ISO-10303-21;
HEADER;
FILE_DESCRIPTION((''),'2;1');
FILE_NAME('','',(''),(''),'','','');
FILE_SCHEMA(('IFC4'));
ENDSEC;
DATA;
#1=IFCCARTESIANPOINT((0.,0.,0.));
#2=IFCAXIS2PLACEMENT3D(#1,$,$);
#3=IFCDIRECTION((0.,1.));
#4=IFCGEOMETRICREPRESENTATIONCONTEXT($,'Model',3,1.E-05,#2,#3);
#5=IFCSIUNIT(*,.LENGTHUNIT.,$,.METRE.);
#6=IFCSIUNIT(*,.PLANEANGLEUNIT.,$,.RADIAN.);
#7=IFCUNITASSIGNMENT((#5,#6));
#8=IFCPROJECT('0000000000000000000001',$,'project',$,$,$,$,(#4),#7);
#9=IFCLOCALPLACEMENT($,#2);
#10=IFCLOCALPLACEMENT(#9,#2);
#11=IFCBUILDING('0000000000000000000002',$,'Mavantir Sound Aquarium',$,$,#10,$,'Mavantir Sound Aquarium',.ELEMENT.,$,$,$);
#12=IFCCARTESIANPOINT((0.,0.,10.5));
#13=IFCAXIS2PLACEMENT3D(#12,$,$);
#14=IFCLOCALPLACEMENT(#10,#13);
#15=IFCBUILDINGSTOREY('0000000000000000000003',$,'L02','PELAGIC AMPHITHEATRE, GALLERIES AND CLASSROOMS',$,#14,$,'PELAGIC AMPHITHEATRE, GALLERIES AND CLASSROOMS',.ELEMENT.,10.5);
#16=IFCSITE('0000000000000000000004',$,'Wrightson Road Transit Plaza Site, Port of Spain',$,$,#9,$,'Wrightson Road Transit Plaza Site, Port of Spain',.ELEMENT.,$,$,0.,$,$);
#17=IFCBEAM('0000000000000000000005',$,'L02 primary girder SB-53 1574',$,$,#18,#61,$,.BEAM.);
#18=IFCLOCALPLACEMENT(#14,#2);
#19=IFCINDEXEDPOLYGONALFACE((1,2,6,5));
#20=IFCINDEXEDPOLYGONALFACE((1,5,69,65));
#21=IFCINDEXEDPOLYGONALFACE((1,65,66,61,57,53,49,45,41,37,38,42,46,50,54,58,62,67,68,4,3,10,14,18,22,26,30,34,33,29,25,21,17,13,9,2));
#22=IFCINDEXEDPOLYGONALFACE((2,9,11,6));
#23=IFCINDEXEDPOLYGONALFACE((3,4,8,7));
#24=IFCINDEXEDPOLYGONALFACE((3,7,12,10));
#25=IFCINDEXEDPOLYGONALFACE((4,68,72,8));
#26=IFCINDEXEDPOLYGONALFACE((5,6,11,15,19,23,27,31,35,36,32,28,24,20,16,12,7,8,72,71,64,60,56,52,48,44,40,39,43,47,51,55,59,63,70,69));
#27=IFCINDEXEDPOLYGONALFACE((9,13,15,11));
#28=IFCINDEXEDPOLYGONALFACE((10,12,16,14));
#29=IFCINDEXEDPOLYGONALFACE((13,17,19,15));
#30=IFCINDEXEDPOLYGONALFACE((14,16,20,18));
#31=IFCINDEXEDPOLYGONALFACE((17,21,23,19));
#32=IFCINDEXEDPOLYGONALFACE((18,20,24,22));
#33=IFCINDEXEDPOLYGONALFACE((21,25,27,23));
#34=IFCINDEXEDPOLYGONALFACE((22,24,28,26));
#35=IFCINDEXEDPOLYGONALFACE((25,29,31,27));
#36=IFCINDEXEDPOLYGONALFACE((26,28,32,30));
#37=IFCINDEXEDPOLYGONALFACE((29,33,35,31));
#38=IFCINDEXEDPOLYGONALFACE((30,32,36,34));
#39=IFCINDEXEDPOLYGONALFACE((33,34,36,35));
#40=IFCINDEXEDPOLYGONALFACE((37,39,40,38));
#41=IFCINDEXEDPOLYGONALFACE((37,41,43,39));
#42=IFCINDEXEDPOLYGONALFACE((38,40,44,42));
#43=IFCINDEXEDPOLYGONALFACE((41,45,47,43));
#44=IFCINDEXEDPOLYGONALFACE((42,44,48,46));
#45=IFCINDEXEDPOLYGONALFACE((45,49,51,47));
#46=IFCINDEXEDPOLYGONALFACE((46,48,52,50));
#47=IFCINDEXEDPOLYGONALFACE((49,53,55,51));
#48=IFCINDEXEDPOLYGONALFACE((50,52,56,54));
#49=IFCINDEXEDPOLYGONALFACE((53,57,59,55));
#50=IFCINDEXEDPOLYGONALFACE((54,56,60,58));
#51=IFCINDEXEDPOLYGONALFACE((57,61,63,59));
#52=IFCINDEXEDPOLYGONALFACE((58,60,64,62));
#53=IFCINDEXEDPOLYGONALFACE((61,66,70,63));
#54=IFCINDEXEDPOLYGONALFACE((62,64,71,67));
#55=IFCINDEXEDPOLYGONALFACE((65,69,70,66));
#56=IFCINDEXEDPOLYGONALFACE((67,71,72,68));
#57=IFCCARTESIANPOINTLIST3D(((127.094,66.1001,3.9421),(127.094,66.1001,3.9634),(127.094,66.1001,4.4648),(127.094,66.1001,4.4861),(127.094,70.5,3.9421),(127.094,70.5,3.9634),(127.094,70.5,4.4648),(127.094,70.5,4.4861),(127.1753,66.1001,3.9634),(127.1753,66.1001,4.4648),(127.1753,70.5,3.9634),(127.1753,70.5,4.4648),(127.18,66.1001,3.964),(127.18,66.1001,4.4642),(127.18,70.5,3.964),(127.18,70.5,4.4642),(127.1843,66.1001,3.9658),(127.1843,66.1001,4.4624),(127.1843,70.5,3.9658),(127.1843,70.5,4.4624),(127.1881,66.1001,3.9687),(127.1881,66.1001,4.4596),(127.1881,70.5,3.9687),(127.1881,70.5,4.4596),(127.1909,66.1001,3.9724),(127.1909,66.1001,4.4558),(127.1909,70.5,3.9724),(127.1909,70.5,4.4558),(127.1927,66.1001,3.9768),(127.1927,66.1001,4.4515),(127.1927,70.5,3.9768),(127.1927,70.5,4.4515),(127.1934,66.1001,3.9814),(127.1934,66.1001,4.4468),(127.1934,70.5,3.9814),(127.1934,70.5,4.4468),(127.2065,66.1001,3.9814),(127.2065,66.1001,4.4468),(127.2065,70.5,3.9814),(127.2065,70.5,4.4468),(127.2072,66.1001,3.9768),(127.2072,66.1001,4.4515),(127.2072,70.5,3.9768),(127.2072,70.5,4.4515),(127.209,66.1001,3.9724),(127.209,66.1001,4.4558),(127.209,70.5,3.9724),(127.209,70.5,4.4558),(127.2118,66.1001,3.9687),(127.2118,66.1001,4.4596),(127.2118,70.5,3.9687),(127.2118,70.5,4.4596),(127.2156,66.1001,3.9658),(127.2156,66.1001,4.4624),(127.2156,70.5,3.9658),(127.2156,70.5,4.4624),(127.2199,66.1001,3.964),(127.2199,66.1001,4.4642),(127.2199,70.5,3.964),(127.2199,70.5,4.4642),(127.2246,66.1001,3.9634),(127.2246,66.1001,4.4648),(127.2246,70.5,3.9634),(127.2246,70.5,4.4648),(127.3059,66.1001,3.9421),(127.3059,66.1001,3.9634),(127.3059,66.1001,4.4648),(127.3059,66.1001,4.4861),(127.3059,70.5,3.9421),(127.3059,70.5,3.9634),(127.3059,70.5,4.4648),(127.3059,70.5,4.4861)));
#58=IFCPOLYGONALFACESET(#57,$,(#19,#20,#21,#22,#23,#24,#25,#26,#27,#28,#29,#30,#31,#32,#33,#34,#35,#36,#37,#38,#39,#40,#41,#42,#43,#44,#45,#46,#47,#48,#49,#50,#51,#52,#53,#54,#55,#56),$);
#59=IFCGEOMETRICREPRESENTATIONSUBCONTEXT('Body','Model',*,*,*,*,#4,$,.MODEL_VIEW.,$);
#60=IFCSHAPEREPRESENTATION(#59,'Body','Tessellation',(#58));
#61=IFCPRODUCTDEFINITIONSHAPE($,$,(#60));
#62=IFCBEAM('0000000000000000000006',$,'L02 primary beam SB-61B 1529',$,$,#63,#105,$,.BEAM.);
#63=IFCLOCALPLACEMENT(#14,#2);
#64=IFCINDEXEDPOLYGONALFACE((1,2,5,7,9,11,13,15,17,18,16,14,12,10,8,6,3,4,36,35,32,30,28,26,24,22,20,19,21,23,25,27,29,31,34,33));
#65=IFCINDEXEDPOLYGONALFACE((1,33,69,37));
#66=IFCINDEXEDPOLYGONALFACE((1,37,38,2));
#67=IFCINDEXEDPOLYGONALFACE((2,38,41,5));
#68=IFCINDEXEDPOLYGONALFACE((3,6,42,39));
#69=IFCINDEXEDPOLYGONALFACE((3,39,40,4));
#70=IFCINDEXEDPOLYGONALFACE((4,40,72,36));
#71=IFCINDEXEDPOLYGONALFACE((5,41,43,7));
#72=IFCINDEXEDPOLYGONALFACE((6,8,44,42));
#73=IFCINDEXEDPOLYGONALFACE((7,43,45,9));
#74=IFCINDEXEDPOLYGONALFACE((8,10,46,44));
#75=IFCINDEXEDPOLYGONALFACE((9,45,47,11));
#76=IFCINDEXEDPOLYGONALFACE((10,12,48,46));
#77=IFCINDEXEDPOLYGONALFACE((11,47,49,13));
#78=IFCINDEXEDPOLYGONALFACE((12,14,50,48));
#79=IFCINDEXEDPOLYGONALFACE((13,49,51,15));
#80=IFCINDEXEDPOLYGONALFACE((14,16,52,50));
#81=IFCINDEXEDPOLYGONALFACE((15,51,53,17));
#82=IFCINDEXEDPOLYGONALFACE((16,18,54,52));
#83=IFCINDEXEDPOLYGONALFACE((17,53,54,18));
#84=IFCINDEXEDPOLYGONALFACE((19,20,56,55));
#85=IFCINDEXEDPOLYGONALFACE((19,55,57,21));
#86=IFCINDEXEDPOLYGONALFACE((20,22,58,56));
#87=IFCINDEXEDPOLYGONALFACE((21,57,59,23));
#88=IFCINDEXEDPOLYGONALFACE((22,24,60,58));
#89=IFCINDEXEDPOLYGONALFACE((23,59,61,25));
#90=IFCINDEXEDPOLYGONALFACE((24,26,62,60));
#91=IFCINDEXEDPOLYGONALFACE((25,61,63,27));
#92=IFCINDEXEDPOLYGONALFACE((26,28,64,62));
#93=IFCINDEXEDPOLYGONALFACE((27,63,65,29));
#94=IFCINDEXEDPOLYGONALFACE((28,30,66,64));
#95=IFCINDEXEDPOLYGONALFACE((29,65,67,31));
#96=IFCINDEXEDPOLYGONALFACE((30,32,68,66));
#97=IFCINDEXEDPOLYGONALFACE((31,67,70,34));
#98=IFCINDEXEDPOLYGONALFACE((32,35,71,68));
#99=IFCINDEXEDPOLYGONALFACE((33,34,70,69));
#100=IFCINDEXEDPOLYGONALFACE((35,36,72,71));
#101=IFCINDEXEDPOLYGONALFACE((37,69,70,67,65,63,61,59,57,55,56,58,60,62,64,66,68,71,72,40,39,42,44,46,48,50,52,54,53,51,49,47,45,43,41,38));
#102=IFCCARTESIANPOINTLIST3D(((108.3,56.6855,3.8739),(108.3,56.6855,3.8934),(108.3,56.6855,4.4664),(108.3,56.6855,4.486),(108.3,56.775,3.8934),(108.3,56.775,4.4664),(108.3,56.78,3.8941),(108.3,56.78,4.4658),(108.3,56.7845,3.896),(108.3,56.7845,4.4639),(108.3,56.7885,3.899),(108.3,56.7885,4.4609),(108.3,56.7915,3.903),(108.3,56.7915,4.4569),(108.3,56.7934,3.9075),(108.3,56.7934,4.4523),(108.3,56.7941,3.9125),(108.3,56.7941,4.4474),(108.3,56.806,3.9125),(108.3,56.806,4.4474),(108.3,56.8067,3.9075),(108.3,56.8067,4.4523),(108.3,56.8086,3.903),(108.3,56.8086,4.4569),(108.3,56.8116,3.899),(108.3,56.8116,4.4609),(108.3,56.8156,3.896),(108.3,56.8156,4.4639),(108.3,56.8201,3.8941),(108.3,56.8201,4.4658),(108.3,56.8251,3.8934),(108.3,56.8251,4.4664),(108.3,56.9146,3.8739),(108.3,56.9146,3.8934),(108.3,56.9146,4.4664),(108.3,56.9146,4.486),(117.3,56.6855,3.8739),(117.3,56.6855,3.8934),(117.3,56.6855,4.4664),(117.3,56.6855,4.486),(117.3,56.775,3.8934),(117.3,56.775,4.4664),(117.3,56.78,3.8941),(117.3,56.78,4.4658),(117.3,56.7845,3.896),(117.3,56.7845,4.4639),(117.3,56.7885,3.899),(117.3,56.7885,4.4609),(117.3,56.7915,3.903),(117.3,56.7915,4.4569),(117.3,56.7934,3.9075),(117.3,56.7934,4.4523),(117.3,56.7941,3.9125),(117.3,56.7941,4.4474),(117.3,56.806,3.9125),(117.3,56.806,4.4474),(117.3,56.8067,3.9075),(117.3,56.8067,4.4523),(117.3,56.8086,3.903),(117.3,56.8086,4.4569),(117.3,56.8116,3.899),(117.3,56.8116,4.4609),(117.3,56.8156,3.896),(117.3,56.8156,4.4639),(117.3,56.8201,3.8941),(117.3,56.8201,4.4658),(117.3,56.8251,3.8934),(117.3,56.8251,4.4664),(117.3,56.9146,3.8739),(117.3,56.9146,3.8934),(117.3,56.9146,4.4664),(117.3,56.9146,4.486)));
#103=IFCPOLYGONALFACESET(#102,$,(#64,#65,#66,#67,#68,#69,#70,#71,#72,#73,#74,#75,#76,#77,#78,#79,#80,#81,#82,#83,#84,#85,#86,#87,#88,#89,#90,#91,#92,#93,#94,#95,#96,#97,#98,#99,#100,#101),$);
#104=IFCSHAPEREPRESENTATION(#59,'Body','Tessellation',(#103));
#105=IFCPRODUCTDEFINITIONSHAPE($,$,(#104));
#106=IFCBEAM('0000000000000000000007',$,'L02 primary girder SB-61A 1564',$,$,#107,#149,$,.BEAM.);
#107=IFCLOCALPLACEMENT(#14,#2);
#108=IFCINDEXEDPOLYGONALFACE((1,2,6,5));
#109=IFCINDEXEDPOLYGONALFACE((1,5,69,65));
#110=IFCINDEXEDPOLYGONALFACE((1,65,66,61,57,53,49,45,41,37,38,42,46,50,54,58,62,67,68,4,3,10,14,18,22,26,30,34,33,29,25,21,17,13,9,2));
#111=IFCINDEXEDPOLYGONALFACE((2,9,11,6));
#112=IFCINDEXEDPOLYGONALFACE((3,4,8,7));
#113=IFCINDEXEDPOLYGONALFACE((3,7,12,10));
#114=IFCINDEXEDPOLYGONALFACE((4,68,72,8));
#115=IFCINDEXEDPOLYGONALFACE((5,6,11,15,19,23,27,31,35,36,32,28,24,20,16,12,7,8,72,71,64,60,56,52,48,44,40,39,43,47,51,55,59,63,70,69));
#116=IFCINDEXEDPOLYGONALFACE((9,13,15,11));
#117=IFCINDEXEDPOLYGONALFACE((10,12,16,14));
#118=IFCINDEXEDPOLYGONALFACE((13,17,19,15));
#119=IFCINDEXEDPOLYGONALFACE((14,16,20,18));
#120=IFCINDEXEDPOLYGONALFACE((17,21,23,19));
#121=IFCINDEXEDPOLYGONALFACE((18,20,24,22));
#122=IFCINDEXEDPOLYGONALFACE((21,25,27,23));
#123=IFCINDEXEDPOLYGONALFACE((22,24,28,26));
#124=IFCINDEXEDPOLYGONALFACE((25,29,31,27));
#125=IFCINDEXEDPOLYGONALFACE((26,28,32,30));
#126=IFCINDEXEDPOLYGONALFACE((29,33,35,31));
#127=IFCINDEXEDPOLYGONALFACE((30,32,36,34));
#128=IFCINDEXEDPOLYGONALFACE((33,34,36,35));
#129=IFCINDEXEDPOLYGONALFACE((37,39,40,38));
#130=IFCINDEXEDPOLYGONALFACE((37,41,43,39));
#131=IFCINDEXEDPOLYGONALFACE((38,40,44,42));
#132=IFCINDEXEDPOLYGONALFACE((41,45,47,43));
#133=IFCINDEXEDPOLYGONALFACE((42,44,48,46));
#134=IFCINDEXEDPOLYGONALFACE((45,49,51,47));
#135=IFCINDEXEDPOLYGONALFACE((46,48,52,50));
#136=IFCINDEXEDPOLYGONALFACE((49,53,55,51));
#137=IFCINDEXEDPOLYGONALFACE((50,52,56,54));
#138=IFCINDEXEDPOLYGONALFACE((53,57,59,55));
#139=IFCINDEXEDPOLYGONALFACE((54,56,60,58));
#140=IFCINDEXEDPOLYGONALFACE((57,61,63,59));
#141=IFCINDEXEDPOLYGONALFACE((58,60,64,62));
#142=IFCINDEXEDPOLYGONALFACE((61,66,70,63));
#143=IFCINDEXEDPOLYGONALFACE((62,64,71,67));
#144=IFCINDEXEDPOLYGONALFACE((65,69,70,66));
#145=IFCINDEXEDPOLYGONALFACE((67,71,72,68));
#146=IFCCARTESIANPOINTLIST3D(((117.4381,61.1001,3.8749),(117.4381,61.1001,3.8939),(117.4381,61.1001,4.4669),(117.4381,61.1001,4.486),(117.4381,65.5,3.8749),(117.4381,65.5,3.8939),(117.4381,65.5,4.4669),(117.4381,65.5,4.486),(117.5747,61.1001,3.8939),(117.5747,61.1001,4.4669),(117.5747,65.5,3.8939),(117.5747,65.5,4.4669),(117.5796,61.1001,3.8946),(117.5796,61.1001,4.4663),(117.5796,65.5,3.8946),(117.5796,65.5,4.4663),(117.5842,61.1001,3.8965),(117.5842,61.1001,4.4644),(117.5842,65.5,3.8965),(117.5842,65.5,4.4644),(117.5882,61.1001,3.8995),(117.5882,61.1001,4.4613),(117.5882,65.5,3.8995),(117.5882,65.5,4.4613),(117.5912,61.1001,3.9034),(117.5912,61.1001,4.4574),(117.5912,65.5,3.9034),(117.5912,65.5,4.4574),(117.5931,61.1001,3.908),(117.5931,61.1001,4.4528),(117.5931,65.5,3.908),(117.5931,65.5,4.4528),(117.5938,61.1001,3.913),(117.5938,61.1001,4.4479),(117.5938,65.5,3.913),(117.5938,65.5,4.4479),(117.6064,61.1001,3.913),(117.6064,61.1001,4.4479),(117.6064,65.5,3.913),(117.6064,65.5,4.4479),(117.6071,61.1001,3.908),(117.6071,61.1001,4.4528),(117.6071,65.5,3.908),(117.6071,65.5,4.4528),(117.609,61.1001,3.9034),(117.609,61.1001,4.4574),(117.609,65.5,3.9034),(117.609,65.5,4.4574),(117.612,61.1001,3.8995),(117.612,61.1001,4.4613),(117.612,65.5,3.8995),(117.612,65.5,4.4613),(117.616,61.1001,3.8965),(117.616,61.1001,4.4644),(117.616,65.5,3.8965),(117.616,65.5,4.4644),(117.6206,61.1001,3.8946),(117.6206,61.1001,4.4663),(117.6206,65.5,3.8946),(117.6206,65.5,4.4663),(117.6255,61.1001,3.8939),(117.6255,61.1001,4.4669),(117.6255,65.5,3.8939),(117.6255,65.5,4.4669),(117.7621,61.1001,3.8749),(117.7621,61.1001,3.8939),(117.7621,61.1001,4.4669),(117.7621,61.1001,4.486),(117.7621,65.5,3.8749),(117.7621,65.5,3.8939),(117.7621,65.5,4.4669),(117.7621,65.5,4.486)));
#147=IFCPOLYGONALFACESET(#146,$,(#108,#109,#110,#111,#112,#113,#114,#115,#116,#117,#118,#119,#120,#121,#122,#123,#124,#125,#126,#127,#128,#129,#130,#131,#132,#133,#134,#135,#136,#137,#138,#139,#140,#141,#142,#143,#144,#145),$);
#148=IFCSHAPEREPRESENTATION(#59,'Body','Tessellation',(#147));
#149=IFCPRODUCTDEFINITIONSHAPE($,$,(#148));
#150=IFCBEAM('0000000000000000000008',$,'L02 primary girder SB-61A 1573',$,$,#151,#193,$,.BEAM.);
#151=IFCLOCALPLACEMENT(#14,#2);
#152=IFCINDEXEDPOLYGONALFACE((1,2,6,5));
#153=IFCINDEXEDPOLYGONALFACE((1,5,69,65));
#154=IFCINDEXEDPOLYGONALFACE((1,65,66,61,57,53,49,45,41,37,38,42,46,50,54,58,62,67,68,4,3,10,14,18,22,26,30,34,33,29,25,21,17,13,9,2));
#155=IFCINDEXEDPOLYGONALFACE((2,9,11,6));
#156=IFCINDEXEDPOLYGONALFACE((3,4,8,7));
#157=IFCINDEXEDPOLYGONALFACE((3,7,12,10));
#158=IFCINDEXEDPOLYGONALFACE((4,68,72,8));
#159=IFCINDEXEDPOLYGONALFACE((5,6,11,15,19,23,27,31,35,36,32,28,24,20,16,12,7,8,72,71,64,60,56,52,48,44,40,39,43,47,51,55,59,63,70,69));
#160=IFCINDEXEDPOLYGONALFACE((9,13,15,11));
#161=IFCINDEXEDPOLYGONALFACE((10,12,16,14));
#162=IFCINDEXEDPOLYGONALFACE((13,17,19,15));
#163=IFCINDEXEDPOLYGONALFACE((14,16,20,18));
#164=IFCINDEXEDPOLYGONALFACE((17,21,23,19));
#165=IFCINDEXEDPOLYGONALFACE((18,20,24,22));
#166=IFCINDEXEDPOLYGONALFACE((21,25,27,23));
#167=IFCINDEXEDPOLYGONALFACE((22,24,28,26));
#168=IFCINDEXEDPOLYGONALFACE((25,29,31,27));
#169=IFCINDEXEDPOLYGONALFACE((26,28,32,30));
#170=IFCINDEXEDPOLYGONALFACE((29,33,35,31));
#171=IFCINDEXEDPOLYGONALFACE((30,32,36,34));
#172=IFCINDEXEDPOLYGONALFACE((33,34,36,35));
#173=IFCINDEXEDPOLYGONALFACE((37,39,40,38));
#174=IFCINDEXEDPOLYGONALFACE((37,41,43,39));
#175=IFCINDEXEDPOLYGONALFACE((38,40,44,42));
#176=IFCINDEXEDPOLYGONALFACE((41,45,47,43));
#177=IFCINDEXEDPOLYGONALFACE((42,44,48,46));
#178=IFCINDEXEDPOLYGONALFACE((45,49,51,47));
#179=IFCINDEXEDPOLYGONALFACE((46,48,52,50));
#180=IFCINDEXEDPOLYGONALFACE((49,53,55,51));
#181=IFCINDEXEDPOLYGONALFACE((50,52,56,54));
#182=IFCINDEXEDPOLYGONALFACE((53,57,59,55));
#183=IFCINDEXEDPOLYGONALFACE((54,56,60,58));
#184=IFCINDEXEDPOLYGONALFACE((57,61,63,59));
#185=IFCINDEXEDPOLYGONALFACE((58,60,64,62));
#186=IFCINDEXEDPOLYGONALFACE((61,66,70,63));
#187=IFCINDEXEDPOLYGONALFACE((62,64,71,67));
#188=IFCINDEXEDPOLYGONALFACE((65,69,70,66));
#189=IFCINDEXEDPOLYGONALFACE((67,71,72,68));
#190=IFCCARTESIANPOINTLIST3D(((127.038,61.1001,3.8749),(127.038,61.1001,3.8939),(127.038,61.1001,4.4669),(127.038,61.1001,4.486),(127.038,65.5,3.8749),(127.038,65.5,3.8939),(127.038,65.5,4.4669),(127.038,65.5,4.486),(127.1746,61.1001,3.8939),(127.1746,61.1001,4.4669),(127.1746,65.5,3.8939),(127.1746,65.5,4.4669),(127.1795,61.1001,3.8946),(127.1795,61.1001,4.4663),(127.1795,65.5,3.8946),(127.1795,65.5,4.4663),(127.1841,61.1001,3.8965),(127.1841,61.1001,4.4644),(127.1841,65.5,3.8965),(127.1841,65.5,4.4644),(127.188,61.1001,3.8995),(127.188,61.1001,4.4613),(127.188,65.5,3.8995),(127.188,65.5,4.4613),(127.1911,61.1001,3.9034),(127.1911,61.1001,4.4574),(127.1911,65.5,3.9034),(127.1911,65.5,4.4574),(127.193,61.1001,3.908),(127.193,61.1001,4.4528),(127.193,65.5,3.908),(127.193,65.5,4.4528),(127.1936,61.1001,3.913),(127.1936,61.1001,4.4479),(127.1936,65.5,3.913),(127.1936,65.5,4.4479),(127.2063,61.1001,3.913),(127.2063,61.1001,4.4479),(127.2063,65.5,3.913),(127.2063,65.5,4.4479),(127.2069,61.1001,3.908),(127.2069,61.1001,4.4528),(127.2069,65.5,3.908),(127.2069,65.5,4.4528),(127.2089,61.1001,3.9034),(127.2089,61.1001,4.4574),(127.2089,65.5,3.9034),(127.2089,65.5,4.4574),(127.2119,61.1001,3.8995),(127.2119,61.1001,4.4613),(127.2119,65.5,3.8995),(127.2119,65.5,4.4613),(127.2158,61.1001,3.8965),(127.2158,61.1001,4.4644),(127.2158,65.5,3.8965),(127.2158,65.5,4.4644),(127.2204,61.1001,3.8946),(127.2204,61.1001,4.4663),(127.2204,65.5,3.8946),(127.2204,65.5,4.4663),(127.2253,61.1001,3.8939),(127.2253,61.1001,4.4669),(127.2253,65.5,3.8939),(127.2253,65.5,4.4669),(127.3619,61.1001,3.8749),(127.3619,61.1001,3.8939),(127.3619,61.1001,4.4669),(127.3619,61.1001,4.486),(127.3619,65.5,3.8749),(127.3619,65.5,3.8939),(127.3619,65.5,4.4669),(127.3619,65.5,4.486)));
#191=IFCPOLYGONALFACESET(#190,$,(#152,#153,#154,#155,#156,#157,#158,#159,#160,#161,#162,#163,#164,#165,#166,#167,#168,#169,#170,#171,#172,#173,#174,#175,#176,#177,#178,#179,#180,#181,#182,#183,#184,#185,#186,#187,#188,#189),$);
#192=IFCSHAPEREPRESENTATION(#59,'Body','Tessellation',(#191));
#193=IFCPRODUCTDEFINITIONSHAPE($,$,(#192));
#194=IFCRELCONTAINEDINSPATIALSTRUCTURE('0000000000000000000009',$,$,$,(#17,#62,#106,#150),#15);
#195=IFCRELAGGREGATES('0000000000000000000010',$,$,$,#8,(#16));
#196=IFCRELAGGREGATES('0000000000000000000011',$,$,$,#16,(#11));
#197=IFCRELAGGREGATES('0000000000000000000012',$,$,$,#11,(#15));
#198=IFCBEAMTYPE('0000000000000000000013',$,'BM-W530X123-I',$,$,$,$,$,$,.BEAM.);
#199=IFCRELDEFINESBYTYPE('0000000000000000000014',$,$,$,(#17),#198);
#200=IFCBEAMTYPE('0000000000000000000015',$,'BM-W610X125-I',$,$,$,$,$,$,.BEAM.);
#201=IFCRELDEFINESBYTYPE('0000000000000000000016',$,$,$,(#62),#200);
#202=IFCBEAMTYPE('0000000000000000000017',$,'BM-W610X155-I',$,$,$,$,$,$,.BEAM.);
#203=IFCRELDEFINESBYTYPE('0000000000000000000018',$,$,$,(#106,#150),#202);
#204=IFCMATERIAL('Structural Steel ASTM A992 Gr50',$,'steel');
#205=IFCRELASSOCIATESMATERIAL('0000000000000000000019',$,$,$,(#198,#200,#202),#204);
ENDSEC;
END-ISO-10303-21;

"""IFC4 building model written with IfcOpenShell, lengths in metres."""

from ifc_helpers import new_model, si_unit, direction, frame, origin, origin_2d, place, context, subcontext, project, spatial, i_section, extrude, material, material_profile, profile_set, type_object, element, save


model = new_model("IFC4")

# Units and contexts
model_context = context("Model", 3, precision=1e-05, world=origin(), true_north=direction((0.0, 1.0)))
body_context = subcontext(model_context, "Body", "Model", "MODEL_VIEW")
ifc_project = project(units=[si_unit("LENGTHUNIT", "METRE"), si_unit("PLANEANGLEUNIT", "RADIAN")], contexts=[model_context])

# Site, building, storey
site_placement = place(None, origin())
site = spatial("IfcSite", under=ifc_project, at=site_placement, Name="Wrightson Road Transit Plaza Site, Port of Spain", LongName="Wrightson Road Transit Plaza Site, Port of Spain", CompositionType="ELEMENT", RefElevation=0.0)
building_placement = place(site_placement, origin())
building = spatial("IfcBuilding", under=site, at=building_placement, Name="Mavantir Sound Aquarium", LongName="Mavantir Sound Aquarium", CompositionType="ELEMENT")
storey_placement = place(building_placement, frame((0.0, 0.0, 10.5)))
storey = spatial("IfcBuildingStorey", under=building, at=storey_placement, Name="L02", Description="PELAGIC AMPHITHEATRE, GALLERIES AND CLASSROOMS", LongName="PELAGIC AMPHITHEATRE, GALLERIES AND CLASSROOMS", CompositionType="ELEMENT", Elevation=10.5)

# Beams
ifc_material_1 = material(Name="Structural Steel ASTM A992 Gr50", Category="steel")
ifc_material_profile_1 = material_profile(ifc_material_1, i_section(OverallWidth=0.2119, OverallDepth=0.5439, WebThickness=0.0132, FlangeThickness=0.0212, FilletRadius=0.0181, at=origin_2d()), Name="W530X123")
ifc_profile_set_1 = profile_set([ifc_material_profile_1], Name="Structural Steel ASTM A992 Gr50")
beam_type_1 = type_object("IfcBeamType", Name="BM-W530X123-I", PredefinedType="BEAM", material=ifc_profile_set_1)
for number, where, z_axis, x_axis, name in (
    (1, (127.2, 66.1001, 4.2141), (0.0, 1.0, 0.0), (-1.0, 0.0, 0.0), "L02 primary girder SB-53 1574"),
):
    element("IfcBeam", number, at=place(storey_placement, frame(where, z_axis=z_axis, x_axis=x_axis)), inside=storey, type_object=beam_type_1, Name=name, PredefinedType="BEAM", context=body_context, shape_type="SweptSolid", body=[
        extrude(i_section(OverallWidth=0.2119, OverallDepth=0.5439, WebThickness=0.0132, FlangeThickness=0.0212, FilletRadius=0.0181, at=origin_2d()), origin(), (0.0, 0.0, 1.0), 4.3999),
    ])
ifc_material_profile_2 = material_profile(ifc_material_1, i_section(OverallWidth=0.229, OverallDepth=0.6121, WebThickness=0.012, FlangeThickness=0.0195, FilletRadius=0.019, at=origin_2d()), Name="W610X125")
ifc_profile_set_2 = profile_set([ifc_material_profile_2], Name="Structural Steel ASTM A992 Gr50")
beam_type_2 = type_object("IfcBeamType", Name="BM-W610X125-I", PredefinedType="BEAM", material=ifc_profile_set_2)
beam_1_placement = place(storey_placement, frame((108.3, 56.8, 4.1799), z_axis=(1.0, 0.0, 0.0), x_axis=(0.0, 1.0, 0.0)))
element("IfcBeam", 2, at=beam_1_placement, inside=storey, type_object=beam_type_2, Name="L02 primary beam SB-61B 1529", PredefinedType="BEAM", context=body_context, shape_type="SweptSolid", body=[
    extrude(i_section(OverallWidth=0.229, OverallDepth=0.6121, WebThickness=0.012, FlangeThickness=0.0195, FilletRadius=0.019, at=origin_2d()), origin(), (0.0, 0.0, 1.0), 9.0),
])
ifc_material_profile_3 = material_profile(ifc_material_1, i_section(OverallWidth=0.324, OverallDepth=0.6111, WebThickness=0.0127, FlangeThickness=0.019, FilletRadius=0.019, at=origin_2d()), Name="W610X155")
ifc_profile_set_3 = profile_set([ifc_material_profile_3], Name="Structural Steel ASTM A992 Gr50")
beam_type_3 = type_object("IfcBeamType", Name="BM-W610X155-I", PredefinedType="BEAM", material=ifc_profile_set_3)
for number, where, z_axis, x_axis, name in (
    (3, (117.6001, 61.1001, 4.1804), (0.0, 1.0, 0.0), (-1.0, 0.0, 0.0), "L02 primary girder SB-61A 1564"),
    (4, (127.2, 61.1001, 4.1804), (0.0, 1.0, 0.0), (-1.0, 0.0, 0.0), "L02 primary girder SB-61A 1573"),
):
    element("IfcBeam", number, at=place(storey_placement, frame(where, z_axis=z_axis, x_axis=x_axis)), inside=storey, type_object=beam_type_3, Name=name, PredefinedType="BEAM", context=body_context, shape_type="SweptSolid", body=[
        extrude(i_section(OverallWidth=0.324, OverallDepth=0.6111, WebThickness=0.0127, FlangeThickness=0.019, FilletRadius=0.019, at=origin_2d()), origin(), (0.0, 0.0, 1.0), 4.3999),
    ])

save(model, "model.ifc")
